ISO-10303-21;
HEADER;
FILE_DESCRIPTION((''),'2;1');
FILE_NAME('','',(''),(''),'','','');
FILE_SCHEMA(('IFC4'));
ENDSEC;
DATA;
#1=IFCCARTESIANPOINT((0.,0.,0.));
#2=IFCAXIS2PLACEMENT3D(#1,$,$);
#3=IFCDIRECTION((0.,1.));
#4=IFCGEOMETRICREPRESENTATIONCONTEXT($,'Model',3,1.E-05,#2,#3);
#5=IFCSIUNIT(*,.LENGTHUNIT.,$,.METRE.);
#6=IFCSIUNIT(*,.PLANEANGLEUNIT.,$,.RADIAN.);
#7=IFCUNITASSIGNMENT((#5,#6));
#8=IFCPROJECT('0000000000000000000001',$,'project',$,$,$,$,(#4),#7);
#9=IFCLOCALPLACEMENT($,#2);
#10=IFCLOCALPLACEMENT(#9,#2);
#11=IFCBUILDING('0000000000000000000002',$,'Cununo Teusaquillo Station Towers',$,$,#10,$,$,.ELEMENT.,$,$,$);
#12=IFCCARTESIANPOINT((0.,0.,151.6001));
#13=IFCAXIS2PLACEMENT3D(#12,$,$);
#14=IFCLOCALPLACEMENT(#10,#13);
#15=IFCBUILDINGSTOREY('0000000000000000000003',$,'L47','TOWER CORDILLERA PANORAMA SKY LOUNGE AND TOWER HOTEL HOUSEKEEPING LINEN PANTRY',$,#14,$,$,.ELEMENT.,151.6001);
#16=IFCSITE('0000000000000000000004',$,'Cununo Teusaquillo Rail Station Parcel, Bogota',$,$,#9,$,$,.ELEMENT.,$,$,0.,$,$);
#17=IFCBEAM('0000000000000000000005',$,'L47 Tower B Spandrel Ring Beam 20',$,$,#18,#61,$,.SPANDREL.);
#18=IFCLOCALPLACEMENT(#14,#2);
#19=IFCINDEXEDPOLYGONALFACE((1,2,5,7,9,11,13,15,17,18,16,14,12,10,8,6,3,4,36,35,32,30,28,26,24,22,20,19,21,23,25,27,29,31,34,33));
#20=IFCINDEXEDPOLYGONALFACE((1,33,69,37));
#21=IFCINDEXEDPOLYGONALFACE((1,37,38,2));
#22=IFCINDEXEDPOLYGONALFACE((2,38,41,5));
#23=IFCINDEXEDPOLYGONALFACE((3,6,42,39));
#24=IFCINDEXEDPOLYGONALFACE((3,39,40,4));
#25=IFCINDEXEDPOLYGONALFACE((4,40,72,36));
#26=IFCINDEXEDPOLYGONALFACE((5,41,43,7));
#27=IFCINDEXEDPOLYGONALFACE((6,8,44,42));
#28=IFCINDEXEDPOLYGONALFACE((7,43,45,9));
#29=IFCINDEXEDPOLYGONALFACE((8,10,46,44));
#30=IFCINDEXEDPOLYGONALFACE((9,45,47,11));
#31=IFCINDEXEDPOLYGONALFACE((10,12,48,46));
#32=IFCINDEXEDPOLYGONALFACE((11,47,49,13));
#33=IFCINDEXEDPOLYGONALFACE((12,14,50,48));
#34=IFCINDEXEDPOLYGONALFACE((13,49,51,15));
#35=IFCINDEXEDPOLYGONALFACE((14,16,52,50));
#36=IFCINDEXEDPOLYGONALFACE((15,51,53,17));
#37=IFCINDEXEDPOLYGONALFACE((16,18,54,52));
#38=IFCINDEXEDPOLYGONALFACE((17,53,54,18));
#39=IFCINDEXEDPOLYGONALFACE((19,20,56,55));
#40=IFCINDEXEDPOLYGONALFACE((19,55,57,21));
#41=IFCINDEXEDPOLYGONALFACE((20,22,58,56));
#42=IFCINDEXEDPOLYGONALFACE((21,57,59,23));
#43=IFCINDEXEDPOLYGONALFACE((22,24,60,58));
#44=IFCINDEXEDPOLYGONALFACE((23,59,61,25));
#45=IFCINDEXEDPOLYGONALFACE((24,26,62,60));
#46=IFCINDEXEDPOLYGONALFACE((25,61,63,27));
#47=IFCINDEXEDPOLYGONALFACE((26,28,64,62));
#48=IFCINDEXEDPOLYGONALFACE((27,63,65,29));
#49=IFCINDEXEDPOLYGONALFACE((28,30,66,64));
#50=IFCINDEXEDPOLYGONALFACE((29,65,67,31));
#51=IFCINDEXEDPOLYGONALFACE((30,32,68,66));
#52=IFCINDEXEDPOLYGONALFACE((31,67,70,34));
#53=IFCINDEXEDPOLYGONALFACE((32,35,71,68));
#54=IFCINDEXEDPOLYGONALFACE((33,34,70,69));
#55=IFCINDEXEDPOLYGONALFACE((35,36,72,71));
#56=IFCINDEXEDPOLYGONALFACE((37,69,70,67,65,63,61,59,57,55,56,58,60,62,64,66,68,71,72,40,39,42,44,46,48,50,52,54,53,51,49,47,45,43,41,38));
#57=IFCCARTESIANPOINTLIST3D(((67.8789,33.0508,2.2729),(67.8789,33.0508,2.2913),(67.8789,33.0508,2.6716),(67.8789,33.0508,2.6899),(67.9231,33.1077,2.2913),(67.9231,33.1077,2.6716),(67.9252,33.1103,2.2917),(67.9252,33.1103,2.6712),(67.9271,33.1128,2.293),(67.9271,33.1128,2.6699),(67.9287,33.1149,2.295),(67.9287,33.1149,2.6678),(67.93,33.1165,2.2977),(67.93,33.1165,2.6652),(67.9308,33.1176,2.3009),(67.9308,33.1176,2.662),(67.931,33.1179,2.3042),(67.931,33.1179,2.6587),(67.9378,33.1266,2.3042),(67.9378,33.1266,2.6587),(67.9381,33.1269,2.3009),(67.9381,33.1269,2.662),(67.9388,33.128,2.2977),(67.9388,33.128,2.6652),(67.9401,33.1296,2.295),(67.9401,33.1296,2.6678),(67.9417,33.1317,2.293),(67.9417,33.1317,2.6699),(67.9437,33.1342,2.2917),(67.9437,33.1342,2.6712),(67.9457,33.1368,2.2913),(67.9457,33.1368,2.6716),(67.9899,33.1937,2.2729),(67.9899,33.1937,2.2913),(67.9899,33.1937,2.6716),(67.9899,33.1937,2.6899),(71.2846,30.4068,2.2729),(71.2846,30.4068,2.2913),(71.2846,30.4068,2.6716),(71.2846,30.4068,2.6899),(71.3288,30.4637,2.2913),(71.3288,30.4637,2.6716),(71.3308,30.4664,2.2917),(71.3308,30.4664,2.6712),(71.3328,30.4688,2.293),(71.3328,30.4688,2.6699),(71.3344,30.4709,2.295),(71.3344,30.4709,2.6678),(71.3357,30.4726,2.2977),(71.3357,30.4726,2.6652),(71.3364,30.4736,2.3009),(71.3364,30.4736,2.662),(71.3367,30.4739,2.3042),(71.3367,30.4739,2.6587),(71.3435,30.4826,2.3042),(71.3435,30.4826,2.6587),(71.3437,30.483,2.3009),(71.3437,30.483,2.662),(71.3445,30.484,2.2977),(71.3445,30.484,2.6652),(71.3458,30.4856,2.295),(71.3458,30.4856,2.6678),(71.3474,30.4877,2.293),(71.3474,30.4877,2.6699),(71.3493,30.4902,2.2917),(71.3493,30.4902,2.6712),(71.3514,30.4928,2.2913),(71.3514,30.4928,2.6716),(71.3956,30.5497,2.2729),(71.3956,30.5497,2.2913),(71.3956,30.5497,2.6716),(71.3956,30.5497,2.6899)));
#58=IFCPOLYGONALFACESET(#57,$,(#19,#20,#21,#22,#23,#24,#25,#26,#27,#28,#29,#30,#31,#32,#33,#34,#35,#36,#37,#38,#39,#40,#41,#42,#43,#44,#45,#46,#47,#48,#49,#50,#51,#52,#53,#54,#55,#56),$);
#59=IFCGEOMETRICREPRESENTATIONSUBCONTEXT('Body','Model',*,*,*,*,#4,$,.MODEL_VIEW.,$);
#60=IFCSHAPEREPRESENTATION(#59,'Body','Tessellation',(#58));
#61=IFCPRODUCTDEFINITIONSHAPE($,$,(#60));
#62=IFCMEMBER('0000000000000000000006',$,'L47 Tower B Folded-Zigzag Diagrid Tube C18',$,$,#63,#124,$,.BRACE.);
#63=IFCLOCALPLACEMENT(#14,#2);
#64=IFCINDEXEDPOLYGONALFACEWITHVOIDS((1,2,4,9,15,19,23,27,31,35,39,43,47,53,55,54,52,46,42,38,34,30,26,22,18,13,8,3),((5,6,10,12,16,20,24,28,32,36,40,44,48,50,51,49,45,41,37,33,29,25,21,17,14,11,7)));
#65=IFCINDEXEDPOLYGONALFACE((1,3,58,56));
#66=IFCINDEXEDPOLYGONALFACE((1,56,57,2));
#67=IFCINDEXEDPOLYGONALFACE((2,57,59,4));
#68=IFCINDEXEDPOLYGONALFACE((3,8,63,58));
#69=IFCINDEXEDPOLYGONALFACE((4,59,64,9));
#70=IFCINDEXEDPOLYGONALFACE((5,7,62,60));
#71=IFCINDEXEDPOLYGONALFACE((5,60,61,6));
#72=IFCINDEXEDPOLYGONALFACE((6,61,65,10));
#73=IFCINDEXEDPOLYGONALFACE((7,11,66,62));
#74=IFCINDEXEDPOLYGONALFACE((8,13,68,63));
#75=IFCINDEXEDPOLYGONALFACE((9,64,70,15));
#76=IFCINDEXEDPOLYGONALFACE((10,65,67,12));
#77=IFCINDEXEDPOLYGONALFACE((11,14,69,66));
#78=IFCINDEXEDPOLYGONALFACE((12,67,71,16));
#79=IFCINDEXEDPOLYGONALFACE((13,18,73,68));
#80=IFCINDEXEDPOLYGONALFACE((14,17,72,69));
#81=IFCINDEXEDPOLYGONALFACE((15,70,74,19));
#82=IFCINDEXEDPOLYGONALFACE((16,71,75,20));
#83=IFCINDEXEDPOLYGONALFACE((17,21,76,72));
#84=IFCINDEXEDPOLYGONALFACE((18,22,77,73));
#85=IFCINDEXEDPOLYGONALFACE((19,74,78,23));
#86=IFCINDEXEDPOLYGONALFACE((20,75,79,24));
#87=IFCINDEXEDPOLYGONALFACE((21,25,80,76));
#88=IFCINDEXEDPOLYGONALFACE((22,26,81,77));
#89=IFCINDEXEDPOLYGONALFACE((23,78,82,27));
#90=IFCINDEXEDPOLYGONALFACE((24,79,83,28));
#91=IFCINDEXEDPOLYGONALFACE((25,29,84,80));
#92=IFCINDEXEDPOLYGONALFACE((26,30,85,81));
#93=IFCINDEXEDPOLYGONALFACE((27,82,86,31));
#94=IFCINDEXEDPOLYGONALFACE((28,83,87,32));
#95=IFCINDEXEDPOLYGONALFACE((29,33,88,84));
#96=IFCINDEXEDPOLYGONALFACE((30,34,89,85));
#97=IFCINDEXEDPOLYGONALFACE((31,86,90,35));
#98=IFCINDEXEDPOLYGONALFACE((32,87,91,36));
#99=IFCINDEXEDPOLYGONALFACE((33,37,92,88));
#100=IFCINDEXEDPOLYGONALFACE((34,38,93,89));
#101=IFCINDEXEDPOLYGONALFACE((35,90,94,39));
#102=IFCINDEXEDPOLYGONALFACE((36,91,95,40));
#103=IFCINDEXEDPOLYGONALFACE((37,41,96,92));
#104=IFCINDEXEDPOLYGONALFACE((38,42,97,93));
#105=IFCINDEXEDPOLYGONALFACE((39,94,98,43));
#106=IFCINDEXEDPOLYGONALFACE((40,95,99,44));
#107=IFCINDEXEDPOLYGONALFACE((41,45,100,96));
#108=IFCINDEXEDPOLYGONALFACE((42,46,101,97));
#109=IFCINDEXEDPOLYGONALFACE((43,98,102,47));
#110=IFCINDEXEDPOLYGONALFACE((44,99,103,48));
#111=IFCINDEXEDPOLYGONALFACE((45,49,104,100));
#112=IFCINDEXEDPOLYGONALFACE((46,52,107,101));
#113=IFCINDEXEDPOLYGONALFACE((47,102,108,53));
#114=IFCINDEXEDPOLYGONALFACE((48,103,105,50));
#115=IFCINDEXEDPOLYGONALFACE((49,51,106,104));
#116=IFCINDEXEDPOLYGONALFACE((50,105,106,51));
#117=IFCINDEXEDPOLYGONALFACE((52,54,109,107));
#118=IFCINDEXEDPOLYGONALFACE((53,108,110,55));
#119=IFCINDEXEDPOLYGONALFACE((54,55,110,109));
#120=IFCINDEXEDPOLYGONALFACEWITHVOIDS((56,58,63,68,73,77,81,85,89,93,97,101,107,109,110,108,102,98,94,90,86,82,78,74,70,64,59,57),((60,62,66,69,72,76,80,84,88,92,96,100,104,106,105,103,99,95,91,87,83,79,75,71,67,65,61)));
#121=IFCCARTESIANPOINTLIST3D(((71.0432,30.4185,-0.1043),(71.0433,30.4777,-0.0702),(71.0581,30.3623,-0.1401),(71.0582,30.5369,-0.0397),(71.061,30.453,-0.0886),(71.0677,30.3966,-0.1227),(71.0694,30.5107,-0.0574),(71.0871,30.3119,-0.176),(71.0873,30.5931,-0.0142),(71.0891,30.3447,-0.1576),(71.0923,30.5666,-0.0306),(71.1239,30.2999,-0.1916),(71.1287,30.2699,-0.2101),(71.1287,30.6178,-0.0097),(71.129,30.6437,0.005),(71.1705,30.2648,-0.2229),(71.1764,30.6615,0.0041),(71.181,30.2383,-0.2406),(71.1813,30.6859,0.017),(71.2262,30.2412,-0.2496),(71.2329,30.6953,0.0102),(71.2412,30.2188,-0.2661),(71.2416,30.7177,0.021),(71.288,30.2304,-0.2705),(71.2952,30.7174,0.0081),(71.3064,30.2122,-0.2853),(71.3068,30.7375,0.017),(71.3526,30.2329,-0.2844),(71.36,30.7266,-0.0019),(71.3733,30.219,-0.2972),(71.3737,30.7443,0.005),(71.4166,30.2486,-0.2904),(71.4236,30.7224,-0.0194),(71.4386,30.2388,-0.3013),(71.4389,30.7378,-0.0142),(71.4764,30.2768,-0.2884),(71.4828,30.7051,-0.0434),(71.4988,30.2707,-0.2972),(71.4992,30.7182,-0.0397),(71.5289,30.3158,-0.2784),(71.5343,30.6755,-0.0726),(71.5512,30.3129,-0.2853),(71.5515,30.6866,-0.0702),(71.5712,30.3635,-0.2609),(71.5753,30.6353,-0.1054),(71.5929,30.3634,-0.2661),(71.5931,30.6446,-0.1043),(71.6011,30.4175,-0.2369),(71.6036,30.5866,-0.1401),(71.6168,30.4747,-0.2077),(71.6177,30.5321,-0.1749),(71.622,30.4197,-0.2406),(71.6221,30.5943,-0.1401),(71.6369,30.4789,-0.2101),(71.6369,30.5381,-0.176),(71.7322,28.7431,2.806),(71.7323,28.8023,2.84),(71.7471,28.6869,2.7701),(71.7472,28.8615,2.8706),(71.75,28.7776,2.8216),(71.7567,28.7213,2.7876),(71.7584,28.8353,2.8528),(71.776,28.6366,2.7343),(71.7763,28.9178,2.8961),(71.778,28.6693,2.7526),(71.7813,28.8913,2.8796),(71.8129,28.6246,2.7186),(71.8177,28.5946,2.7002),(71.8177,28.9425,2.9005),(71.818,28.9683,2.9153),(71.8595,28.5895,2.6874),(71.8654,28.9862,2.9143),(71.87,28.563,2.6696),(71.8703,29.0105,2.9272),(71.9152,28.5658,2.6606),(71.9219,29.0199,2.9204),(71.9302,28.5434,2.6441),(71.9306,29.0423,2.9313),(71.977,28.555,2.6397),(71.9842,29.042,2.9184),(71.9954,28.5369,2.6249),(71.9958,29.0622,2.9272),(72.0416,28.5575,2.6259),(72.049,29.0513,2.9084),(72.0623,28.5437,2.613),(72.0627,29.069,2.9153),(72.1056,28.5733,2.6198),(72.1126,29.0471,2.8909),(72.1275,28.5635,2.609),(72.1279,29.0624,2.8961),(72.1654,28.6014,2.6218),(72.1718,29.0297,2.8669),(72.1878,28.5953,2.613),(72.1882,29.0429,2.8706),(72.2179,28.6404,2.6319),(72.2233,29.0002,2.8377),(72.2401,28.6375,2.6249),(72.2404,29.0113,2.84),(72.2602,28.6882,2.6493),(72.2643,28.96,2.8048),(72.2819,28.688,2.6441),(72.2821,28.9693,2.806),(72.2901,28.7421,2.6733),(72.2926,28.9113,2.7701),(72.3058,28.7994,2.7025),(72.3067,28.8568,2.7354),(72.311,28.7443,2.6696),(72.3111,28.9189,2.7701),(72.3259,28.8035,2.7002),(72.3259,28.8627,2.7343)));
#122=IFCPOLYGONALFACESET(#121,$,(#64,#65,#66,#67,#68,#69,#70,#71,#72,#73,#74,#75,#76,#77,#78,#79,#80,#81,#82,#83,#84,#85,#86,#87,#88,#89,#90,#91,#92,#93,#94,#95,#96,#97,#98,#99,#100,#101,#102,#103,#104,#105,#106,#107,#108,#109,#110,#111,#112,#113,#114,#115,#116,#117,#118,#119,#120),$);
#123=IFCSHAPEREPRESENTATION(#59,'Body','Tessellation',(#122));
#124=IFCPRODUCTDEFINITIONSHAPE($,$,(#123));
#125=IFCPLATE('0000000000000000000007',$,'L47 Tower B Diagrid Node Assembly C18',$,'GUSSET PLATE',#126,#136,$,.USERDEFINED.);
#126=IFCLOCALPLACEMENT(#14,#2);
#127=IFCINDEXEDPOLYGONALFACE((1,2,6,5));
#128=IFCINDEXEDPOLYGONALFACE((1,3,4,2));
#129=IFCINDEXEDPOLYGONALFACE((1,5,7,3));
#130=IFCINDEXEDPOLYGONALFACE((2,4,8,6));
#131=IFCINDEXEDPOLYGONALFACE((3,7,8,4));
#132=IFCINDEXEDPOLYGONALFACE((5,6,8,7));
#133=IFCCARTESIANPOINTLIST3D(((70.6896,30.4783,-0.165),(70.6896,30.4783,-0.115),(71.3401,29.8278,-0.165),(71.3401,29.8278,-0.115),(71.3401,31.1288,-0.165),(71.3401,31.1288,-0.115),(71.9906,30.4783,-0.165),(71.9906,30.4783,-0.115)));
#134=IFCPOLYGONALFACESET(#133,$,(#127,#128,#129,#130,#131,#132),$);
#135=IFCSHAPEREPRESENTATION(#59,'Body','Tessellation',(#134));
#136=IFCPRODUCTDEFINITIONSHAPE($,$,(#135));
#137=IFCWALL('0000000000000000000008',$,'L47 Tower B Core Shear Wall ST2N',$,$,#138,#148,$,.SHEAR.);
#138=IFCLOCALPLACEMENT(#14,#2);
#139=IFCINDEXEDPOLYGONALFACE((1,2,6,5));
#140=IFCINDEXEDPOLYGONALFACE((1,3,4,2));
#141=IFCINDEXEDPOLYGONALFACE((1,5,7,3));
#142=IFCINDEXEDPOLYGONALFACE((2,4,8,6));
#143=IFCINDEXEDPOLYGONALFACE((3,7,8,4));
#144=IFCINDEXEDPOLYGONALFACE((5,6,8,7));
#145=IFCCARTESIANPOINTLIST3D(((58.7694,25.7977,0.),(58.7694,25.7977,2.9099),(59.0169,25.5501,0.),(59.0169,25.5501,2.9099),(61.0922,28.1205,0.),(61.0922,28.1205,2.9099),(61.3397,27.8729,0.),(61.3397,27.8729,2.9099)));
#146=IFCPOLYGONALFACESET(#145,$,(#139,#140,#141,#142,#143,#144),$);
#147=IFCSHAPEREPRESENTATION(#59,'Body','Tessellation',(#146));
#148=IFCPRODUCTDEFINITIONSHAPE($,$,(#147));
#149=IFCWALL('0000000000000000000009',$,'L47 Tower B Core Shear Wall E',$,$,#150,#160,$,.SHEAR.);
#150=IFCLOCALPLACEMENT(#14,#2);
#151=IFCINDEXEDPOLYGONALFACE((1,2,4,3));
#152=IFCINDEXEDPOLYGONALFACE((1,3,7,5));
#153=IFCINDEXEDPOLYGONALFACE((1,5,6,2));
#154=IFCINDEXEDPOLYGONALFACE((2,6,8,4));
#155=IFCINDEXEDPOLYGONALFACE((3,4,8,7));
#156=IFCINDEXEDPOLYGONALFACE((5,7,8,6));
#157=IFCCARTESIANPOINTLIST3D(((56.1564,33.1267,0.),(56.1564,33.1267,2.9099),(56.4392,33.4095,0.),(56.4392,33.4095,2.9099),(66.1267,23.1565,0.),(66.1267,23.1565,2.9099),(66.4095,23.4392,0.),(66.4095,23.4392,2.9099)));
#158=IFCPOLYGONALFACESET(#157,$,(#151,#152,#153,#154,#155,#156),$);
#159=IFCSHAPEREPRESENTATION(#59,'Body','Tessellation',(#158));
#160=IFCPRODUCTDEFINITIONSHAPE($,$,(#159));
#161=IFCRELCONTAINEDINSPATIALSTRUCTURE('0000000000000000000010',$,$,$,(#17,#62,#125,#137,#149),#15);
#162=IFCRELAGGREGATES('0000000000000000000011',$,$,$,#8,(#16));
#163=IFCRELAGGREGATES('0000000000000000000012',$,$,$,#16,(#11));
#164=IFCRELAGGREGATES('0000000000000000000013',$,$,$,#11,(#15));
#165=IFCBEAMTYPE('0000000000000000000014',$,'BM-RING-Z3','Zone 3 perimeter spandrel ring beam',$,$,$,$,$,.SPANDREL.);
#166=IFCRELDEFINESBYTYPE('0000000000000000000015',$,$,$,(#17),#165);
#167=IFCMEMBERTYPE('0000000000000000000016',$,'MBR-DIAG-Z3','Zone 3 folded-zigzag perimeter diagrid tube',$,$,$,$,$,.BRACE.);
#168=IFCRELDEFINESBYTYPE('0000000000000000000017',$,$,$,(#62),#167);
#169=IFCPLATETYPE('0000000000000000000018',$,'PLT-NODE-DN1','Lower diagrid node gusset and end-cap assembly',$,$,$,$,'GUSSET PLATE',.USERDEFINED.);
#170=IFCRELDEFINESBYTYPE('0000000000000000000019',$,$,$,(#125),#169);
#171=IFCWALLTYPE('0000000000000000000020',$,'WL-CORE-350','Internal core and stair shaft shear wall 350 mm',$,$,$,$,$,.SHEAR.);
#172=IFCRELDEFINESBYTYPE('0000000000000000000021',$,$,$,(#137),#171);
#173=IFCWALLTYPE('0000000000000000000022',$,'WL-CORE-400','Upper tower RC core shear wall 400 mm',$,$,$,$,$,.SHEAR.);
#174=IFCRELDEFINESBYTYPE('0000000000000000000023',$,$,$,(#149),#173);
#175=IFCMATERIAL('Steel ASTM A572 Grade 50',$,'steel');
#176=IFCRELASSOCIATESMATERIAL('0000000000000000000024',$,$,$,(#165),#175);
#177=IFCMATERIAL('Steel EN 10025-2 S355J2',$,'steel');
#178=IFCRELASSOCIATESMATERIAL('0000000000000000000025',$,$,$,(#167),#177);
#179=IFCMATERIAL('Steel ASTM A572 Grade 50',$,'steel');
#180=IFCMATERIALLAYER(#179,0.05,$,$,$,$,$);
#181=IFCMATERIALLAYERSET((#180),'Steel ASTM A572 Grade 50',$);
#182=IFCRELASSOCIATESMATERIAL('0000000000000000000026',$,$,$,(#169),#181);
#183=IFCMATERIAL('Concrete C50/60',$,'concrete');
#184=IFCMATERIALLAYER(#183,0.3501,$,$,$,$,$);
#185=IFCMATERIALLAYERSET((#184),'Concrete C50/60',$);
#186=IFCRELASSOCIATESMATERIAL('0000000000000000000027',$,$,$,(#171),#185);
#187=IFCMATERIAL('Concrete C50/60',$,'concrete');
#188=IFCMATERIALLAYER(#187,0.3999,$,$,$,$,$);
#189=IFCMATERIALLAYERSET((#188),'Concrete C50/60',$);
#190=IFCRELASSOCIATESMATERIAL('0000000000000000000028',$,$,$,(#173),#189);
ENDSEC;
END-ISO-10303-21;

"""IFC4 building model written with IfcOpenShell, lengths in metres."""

from ifc_helpers import new_model, si_unit, direction, frame, frame_2d, origin, origin_2d, place, context, subcontext, project, spatial, rectangle, hollow_circle, i_section, extrude, source, transform, mapped, material, layer, layer_set, material_profile, profile_set, type_object, element, save


model = new_model("IFC4")

# Units and contexts
model_context = context("Model", 3, precision=1e-05, world=origin(), true_north=direction((0.0, 1.0)))
body_context = subcontext(model_context, "Body", "Model", "MODEL_VIEW")
ifc_project = project(units=[si_unit("LENGTHUNIT", "METRE"), si_unit("PLANEANGLEUNIT", "RADIAN")], contexts=[model_context])

# Site, building, storey
site_placement = place(None, origin())
site = spatial("IfcSite", under=ifc_project, at=site_placement, Name="Cununo Teusaquillo Rail Station Parcel, Bogota", CompositionType="ELEMENT", RefElevation=0.0)
building_placement = place(site_placement, origin())
building = spatial("IfcBuilding", under=site, at=building_placement, Name="Cununo Teusaquillo Station Towers", CompositionType="ELEMENT")
storey_placement = place(building_placement, frame((0.0, 0.0, 151.6001)))
storey = spatial("IfcBuildingStorey", under=building, at=storey_placement, Name="L47", Description="TOWER CORDILLERA PANORAMA SKY LOUNGE AND TOWER HOTEL HOUSEKEEPING LINEN PANTRY", CompositionType="ELEMENT", Elevation=151.6001)

# Beam
ifc_material_1 = material(Name="Steel ASTM A572 Grade 50", Category="steel")
ifc_material_profile_1 = material_profile(ifc_material_1, i_section(OverallWidth=0.1809, OverallDepth=0.417, WebThickness=0.011, FlangeThickness=0.0183, FilletRadius=0.0129, at=origin_2d()), Name="W16X57")
ifc_profile_set_1 = profile_set([ifc_material_profile_1], Name="Steel ASTM A572 Grade 50")
beam_type_1 = type_object("IfcBeamType", Name="BM-RING-Z3", Description="Zone 3 perimeter spandrel ring beam", PredefinedType="SPANDREL", material=ifc_profile_set_1)
beam_1_placement = place(storey_placement, frame((71.3401, 30.4783, 2.4814), z_axis=(-0.789901, 0.613235, 0.0), x_axis=(-0.613235, -0.789901, 0.0)))
element("IfcBeam", 1, at=beam_1_placement, inside=storey, type_object=beam_type_1, Name="L47 Tower B Spandrel Ring Beam 20", PredefinedType="SPANDREL", context=body_context, shape_type="SweptSolid", body=[
    extrude(i_section(OverallWidth=0.1809, OverallDepth=0.417, WebThickness=0.011, FlangeThickness=0.0183, FilletRadius=0.0129, at=origin_2d()), origin(), (0.0, 0.0, 1.0), 4.3115),
])

# Member
ifc_material_2 = material(Name="Steel EN 10025-2 S355J2", Category="steel")
ifc_material_profile_2 = material_profile(ifc_material_2, hollow_circle(Radius=0.3049, WallThickness=0.02, at=origin_2d()), Name="CHS 610x20")
ifc_profile_set_2 = profile_set([ifc_material_profile_2], Name="Steel EN 10025-2 S355J2")
member_type = type_object("IfcMemberType", Name="MBR-DIAG-Z3", Description="Zone 3 folded-zigzag perimeter diagrid tube", PredefinedType="BRACE", material=ifc_profile_set_2)
member_placement = place(storey_placement, frame((71.3401, 30.4783, -0.1401), z_axis=(0.200989, -0.488727, 0.848969), x_axis=(0.924845, 0.380343, 0.0)))
element("IfcMember", 2, at=member_placement, inside=storey, type_object=member_type, Name="L47 Tower B Folded-Zigzag Diagrid Tube C18", PredefinedType="BRACE", context=body_context, shape_type="SweptSolid", body=[
    extrude(hollow_circle(Radius=0.3049, WallThickness=0.02, at=origin_2d()), origin(), (0.0, 0.0, 1.0), 3.428),
])

# Plate
ifc_material_3 = material(Name="Steel ASTM A572 Grade 50", Category="steel")
ifc_layer_1 = layer(ifc_material_3, 0.05)
ifc_layer_set_1 = layer_set([ifc_layer_1], Name="Steel ASTM A572 Grade 50")
plate_type = type_object("IfcPlateType", Name="PLT-NODE-DN1", Description="Lower diagrid node gusset and end-cap assembly", ElementType="GUSSET PLATE", PredefinedType="USERDEFINED", material=ifc_layer_set_1)
shared_shape_1 = source(origin(), body_context, "Body", "SweptSolid", [
    extrude(rectangle(XDim=0.9199, YDim=0.9199, at=origin_2d()), origin(), (0.0, 0.0, 1.0), 0.05),
])
plate_placement = place(storey_placement, frame((71.3401, 30.4783, -0.165), z_axis=(0.0, 0.0, 1.0), x_axis=(0.707107, 0.707107, 0.0)))
element("IfcPlate", 3, at=plate_placement, inside=storey, type_object=plate_type, Name="L47 Tower B Diagrid Node Assembly C18", ObjectType="GUSSET PLATE", PredefinedType="USERDEFINED", context=body_context, shape_type="MappedRepresentation", body=[
    mapped(shared_shape_1, transform((0.0, 0.0, 0.0), x_axis=(1.0, 0.0, 0.0), y_axis=(0.0, 1.0, 0.0), z_axis=(0.0, 0.0, 1.0), scale=1.0)),
])

# Walls
ifc_material_4 = material(Name="Concrete C50/60", Category="concrete")
ifc_layer_2 = layer(ifc_material_4, 0.3501)
ifc_layer_set_2 = layer_set([ifc_layer_2], Name="Concrete C50/60")
wall_type_1 = type_object("IfcWallType", Name="WL-CORE-350", Description="Internal core and stair shaft shear wall 350 mm", PredefinedType="SHEAR", material=ifc_layer_set_2)
wall_1_placement = place(storey_placement, frame((58.8931, 25.6738, 0.0), z_axis=(0.0, 0.0, 1.0), x_axis=(0.707107, 0.707107, 0.0)))
element("IfcWall", 4, at=wall_1_placement, inside=storey, type_object=wall_type_1, Name="L47 Tower B Core Shear Wall ST2N", PredefinedType="SHEAR", context=body_context, shape_type="SweptSolid", body=[
    extrude(rectangle(XDim=3.2849, YDim=0.3501, at=frame_2d((1.6426, 0.0))), origin(), (0.0, 0.0, 1.0), 2.9099),
])
ifc_material_5 = material(Name="Concrete C50/60", Category="concrete")
ifc_layer_3 = layer(ifc_material_5, 0.3999)
ifc_layer_set_3 = layer_set([ifc_layer_3], Name="Concrete C50/60")
wall_type_2 = type_object("IfcWallType", Name="WL-CORE-400", Description="Upper tower RC core shear wall 400 mm", PredefinedType="SHEAR", material=ifc_layer_set_3)
wall_2_placement = place(storey_placement, frame((66.2681, 23.2979, 0.0), z_axis=(0.0, 0.0, 1.0), x_axis=(-0.707107, 0.707107, 0.0)))
element("IfcWall", 5, at=wall_2_placement, inside=storey, type_object=wall_type_2, Name="L47 Tower B Core Shear Wall E", PredefinedType="SHEAR", context=body_context, shape_type="SweptSolid", body=[
    extrude(rectangle(XDim=14.1001, YDim=0.3999, at=frame_2d((7.05, 0.0))), origin(), (0.0, 0.0, 1.0), 2.9099),
])

save(model, "model.ifc")
